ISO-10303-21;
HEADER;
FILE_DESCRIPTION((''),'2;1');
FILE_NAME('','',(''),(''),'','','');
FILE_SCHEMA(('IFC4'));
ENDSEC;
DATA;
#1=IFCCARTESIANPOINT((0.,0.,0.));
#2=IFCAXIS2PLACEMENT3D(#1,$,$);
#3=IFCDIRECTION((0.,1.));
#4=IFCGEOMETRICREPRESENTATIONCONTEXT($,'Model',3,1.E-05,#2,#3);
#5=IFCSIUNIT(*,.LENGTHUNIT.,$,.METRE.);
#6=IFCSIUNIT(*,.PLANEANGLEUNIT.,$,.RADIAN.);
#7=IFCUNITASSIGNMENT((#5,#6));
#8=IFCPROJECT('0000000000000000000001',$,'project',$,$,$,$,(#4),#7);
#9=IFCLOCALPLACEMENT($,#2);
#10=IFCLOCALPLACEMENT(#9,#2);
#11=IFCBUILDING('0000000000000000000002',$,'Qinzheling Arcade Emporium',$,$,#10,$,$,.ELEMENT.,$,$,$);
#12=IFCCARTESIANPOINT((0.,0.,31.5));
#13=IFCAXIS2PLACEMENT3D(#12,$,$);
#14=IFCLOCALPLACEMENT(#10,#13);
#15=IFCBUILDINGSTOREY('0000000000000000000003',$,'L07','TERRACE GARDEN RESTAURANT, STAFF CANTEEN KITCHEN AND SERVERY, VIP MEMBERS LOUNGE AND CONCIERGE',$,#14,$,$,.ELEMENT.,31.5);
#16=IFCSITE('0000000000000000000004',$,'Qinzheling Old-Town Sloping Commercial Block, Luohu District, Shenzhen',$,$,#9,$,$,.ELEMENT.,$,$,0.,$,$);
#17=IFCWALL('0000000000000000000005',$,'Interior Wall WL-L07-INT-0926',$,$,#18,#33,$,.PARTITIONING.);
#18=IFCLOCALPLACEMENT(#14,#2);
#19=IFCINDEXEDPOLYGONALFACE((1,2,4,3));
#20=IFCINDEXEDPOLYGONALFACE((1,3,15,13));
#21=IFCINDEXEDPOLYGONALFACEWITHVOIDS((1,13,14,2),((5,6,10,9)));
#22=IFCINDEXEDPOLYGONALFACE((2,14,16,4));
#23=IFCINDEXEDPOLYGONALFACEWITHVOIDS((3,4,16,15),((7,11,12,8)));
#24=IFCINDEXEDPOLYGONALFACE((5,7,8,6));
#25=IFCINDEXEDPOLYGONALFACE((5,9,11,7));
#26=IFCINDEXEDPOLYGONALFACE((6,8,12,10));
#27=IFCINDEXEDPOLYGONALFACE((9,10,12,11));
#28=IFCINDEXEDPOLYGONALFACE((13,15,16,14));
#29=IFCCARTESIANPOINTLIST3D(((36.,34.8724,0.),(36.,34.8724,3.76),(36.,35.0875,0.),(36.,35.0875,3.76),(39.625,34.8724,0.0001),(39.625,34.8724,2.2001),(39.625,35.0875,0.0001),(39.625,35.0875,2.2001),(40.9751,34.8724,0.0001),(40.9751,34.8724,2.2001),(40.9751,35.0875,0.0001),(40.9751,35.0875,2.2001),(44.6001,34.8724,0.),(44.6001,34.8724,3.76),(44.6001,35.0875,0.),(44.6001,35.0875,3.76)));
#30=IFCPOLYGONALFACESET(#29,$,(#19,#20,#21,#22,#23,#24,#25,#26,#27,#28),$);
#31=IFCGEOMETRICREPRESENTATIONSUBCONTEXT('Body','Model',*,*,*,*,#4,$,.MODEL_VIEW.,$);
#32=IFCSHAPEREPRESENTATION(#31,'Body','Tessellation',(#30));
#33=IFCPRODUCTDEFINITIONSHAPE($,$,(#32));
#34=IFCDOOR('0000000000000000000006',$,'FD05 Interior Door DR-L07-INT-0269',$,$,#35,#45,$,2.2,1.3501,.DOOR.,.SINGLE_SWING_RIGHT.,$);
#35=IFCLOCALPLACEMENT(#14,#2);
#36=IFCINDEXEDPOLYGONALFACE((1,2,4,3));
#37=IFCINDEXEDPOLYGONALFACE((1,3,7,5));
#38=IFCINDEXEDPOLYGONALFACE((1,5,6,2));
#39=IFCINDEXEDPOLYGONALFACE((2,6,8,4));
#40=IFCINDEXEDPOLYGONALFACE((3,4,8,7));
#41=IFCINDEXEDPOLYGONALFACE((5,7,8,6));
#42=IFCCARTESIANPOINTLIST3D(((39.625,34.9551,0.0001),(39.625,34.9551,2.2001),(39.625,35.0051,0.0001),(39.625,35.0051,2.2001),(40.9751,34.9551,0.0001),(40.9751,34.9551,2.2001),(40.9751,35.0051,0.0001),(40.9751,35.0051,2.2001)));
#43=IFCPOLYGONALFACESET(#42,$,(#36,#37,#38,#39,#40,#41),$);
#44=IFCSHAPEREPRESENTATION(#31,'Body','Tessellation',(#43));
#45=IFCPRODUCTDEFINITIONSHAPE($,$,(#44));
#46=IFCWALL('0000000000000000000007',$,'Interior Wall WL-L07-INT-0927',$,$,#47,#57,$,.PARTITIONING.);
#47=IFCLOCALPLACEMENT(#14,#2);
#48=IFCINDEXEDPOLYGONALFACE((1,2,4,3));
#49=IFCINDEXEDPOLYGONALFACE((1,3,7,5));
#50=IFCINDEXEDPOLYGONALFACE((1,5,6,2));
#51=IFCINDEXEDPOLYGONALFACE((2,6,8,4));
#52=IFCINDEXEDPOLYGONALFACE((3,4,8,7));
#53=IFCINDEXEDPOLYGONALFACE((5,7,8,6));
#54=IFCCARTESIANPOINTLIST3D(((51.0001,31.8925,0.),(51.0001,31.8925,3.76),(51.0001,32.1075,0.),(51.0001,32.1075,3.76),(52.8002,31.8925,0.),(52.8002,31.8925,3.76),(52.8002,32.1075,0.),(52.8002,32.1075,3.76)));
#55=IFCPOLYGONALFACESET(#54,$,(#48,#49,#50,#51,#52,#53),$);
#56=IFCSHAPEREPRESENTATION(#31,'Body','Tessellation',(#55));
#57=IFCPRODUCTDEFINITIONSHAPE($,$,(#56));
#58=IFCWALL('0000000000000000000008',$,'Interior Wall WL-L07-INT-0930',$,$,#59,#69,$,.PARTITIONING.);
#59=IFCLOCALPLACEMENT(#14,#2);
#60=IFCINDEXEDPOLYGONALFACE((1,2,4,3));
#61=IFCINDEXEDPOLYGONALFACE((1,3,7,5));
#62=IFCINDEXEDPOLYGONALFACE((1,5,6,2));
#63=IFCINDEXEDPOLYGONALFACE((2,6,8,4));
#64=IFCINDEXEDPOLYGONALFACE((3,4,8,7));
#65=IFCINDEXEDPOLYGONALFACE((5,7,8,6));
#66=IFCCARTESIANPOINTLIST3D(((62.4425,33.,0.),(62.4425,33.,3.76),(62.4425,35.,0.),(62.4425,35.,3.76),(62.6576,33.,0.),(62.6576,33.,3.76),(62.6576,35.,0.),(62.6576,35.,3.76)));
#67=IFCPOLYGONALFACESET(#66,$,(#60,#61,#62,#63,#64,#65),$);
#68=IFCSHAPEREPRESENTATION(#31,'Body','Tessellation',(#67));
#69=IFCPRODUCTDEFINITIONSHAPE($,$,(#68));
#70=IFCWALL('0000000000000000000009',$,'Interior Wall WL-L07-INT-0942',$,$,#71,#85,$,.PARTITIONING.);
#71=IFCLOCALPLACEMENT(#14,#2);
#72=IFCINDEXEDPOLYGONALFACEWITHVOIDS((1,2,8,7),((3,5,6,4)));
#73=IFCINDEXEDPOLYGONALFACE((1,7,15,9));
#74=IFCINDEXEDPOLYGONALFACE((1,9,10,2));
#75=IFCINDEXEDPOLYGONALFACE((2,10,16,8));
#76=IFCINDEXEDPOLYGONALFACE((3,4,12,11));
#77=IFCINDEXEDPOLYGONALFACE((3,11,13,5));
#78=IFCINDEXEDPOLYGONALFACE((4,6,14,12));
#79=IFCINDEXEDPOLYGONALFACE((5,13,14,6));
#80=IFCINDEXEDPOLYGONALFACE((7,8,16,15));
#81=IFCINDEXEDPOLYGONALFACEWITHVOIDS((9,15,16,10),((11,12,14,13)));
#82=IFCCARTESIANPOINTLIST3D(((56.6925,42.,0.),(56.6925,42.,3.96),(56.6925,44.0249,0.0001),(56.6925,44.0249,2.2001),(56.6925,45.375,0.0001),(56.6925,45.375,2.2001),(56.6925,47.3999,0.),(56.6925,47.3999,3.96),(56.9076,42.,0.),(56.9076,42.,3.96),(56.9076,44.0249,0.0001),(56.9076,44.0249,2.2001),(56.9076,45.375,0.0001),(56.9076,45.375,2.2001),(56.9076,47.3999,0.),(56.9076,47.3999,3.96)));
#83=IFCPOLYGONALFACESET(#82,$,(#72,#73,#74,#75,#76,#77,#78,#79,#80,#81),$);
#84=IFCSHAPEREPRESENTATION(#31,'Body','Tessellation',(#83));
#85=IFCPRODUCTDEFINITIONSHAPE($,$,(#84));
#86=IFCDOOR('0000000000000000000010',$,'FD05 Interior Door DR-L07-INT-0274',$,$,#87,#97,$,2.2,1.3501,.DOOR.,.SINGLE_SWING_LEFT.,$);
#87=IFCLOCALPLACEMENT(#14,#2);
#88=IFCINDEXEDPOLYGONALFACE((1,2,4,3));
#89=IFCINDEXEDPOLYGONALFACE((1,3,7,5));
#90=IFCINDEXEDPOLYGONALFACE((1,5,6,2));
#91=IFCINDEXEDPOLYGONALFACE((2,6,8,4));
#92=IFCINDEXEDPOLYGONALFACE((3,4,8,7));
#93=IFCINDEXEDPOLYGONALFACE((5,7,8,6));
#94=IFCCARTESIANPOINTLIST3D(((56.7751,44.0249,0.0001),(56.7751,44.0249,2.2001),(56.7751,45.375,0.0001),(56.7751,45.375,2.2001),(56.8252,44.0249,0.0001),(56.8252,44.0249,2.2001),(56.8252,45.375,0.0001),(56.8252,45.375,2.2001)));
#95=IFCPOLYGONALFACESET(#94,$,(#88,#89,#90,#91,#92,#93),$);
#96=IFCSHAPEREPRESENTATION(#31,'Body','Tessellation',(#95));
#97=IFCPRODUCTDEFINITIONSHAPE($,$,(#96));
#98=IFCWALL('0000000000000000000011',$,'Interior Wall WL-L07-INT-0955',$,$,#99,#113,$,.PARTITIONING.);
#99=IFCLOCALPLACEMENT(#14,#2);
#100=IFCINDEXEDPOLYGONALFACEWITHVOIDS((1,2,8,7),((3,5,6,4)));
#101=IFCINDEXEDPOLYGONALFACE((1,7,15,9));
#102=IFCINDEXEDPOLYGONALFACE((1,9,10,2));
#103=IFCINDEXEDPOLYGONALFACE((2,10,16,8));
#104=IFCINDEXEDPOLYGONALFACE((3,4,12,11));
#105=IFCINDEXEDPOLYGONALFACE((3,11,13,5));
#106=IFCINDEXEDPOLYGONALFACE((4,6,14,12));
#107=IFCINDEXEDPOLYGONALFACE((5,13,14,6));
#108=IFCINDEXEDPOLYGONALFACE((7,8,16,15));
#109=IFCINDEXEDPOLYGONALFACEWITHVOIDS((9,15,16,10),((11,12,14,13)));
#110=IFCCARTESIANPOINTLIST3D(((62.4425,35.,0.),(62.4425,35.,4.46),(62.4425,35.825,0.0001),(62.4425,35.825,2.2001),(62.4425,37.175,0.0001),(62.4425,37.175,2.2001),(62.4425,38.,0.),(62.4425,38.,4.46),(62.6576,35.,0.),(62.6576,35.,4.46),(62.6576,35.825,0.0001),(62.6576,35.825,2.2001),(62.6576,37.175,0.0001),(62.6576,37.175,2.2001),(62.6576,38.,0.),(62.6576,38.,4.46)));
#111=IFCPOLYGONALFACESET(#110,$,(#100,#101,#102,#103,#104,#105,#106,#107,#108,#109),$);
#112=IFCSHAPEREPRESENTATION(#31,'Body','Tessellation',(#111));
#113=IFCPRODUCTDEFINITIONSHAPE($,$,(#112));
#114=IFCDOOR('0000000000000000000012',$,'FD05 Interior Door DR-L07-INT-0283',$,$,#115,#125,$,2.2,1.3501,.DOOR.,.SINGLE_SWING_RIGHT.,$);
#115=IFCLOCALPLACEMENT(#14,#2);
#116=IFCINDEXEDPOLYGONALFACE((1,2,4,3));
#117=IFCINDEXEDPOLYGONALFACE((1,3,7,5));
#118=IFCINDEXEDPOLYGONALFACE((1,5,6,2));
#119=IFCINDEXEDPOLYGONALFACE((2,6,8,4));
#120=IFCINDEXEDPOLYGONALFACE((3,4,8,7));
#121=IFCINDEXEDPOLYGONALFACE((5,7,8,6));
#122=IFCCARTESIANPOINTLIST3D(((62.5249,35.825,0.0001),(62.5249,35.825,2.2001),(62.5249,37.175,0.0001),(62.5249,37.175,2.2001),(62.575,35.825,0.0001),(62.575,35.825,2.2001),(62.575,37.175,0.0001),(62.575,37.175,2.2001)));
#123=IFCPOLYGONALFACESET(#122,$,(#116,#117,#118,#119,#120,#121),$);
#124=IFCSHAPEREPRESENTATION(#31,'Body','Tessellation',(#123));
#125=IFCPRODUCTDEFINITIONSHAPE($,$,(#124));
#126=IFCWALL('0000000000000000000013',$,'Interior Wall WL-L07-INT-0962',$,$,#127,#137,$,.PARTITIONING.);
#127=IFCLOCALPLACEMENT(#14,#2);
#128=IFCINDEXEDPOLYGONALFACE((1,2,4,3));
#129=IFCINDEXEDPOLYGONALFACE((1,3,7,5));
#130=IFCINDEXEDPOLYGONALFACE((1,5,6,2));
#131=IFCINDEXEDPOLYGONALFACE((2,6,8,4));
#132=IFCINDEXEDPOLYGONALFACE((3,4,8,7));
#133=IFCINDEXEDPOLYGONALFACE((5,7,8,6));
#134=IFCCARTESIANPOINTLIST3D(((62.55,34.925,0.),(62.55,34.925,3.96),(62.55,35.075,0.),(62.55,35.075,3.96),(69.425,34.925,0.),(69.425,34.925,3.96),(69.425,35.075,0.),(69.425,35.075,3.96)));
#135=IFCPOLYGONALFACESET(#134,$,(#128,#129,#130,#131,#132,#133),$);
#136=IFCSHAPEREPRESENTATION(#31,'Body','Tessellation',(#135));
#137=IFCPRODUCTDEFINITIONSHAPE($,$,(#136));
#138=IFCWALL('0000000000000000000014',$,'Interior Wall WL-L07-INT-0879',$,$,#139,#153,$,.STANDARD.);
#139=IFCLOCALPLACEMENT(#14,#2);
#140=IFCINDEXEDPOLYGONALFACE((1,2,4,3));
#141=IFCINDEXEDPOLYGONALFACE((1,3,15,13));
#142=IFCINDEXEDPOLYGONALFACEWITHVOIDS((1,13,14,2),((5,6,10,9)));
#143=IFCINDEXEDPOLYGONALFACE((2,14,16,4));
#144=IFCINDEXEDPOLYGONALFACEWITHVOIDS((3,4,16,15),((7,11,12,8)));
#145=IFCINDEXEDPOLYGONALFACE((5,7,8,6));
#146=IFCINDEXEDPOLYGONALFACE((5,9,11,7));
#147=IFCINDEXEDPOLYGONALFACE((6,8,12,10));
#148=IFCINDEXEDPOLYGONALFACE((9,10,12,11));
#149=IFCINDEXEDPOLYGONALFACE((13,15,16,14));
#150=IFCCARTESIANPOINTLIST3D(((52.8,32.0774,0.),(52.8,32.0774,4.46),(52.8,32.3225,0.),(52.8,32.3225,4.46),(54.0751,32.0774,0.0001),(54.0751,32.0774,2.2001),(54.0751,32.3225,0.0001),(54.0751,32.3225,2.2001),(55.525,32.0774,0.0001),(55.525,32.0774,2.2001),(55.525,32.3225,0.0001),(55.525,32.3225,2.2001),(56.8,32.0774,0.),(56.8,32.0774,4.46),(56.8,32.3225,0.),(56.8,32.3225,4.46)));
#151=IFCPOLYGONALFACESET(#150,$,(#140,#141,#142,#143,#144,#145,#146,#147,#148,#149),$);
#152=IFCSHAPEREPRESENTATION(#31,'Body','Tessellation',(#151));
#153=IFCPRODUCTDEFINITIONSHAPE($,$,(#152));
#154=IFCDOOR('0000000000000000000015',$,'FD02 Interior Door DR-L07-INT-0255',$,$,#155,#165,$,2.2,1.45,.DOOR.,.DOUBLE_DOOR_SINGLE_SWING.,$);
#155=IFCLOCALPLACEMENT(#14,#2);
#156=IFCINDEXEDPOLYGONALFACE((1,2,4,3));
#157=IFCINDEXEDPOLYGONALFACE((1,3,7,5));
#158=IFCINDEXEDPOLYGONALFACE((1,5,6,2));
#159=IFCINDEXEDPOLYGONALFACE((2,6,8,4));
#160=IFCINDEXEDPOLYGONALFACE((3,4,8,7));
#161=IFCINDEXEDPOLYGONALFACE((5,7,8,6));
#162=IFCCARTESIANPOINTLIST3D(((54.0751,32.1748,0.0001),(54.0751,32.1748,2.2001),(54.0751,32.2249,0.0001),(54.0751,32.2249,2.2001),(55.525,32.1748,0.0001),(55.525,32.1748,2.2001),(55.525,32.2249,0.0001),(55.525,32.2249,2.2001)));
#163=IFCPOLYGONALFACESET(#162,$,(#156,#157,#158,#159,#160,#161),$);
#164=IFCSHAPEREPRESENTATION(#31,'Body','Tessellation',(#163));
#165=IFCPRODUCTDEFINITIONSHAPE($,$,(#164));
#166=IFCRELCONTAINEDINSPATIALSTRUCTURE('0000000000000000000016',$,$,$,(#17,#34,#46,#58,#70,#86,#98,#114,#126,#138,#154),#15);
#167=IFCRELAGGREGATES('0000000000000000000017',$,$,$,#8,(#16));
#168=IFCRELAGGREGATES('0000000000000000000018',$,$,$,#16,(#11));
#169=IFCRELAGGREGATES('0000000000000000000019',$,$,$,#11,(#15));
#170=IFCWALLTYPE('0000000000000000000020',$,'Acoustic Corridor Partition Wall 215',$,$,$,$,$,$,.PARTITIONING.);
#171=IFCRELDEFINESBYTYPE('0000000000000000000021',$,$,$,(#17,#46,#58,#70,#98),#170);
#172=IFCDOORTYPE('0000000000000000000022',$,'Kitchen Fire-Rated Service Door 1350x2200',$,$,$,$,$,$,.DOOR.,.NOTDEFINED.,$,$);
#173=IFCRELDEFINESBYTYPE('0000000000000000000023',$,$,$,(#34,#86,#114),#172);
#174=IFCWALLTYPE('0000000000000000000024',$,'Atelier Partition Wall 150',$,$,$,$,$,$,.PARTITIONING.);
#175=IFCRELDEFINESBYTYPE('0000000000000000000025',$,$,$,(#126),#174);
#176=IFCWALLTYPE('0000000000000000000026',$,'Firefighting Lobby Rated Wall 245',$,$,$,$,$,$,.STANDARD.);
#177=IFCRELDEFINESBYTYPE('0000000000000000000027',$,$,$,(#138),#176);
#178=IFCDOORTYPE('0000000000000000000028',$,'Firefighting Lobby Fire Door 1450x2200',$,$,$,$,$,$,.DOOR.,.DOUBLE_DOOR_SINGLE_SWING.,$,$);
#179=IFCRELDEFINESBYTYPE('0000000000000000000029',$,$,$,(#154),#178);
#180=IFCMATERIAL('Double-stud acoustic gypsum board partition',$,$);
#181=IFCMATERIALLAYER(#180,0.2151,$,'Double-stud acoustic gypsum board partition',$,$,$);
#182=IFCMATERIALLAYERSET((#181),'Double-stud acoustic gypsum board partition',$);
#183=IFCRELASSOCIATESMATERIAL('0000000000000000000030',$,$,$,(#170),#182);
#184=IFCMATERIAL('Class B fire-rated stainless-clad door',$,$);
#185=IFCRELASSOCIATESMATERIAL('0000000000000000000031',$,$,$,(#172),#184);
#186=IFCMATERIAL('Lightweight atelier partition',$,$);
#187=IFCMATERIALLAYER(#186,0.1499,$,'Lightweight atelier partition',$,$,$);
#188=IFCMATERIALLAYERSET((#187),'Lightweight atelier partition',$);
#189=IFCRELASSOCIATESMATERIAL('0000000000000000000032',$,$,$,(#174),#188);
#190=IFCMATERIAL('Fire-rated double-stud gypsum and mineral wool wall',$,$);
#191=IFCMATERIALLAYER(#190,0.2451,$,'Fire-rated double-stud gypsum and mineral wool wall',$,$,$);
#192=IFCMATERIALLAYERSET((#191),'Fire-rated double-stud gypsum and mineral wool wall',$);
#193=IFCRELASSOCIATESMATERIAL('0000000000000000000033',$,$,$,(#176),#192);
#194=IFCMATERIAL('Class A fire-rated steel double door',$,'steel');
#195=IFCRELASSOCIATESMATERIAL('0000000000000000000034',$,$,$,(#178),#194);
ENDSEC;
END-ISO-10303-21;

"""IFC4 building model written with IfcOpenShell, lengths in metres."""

from ifc_helpers import new_model, si_unit, direction, frame, frame_2d, origin, place, context, subcontext, project, spatial, rectangle, extrude, material, layer, layer_set, type_object, element, fill, save


model = new_model("IFC4")

# Units and contexts
model_context = context("Model", 3, precision=1e-05, world=origin(), true_north=direction((0.0, 1.0)))
body_context = subcontext(model_context, "Body", "Model", "MODEL_VIEW")
ifc_project = project(units=[si_unit("LENGTHUNIT", "METRE"), si_unit("PLANEANGLEUNIT", "RADIAN")], contexts=[model_context])

# Site, building, storey
site_placement = place(None, origin())
site = spatial("IfcSite", under=ifc_project, at=site_placement, Name="Qinzheling Old-Town Sloping Commercial Block, Luohu District, Shenzhen", CompositionType="ELEMENT", RefElevation=0.0)
building_placement = place(site_placement, origin())
building = spatial("IfcBuilding", under=site, at=building_placement, Name="Qinzheling Arcade Emporium", CompositionType="ELEMENT")
storey_placement = place(building_placement, frame((0.0, 0.0, 31.5)))
storey = spatial("IfcBuildingStorey", under=building, at=storey_placement, Name="L07", Description="TERRACE GARDEN RESTAURANT, STAFF CANTEEN KITCHEN AND SERVERY, VIP MEMBERS LOUNGE AND CONCIERGE", CompositionType="ELEMENT", Elevation=31.5)

# Shared definitions
ifc_material_1 = material(Name="Double-stud acoustic gypsum board partition")
ifc_layer_1 = layer(ifc_material_1, 0.2151, Name="Double-stud acoustic gypsum board partition")
ifc_layer_set_1 = layer_set([ifc_layer_1], Name="Double-stud acoustic gypsum board partition")
wall_type_1 = type_object("IfcWallType", Name="Acoustic Corridor Partition Wall 215", PredefinedType="PARTITIONING", material=ifc_layer_set_1)
ifc_material_2 = material(Name="Class B fire-rated stainless-clad door")
door_type_1 = type_object("IfcDoorType", Name="Kitchen Fire-Rated Service Door 1350x2200", OperationType="NOTDEFINED", PredefinedType="DOOR", material=ifc_material_2)

# Wall, opening, door
wall_1_placement = place(storey_placement, frame((44.6001, 34.98, 0.0), z_axis=(0.0, 0.0, 1.0), x_axis=(-1.0, 0.0, 0.0)))
wall_1 = element("IfcWall", 1, at=wall_1_placement, inside=storey, type_object=wall_type_1, Name="Interior Wall WL-L07-INT-0926", PredefinedType="PARTITIONING", context=body_context, shape_type="SweptSolid", body=[
    extrude(rectangle(XDim=8.6001, YDim=0.2151, at=frame_2d((4.3, 0.0))), origin(), (0.0, 0.0, 1.0), 3.76),
])
opening_1_placement = place(wall_1_placement, frame((3.625, 0.0, 0.0)))
opening_1 = element("IfcOpeningElement", 2, at=opening_1_placement, cuts=wall_1, PredefinedType="OPENING", context=body_context, shape_type="SweptSolid", body=[
    extrude(rectangle(XDim=1.3501, YDim=2.2, at=frame_2d((0.675, 1.1001))), frame((0.0, 0.1177, 0.0), z_axis=(0.0, -1.0, 0.0), x_axis=(1.0, 0.0, 0.0)), (0.0, 0.0, 1.0), 0.2351),
])
door_1_placement = place(opening_1_placement, origin())
door_1 = element("IfcDoor", 3, at=door_1_placement, inside=storey, type_object=door_type_1, Name="FD05 Interior Door DR-L07-INT-0269", OperationType="SINGLE_SWING_RIGHT", OverallHeight=2.2, OverallWidth=1.3501, PredefinedType="DOOR", context=body_context, shape_type="SweptSolid", body=[
    extrude(rectangle(XDim=1.3501, YDim=2.2, at=frame_2d((0.675, 1.1001))), frame((0.0, 0.0249, 0.0), z_axis=(0.0, -1.0, 0.0), x_axis=(1.0, 0.0, 0.0)), (0.0, 0.0, 1.0), 0.05),
])
fill(opening_1, door_1)

# Walls
wall_2_placement = place(storey_placement, frame((52.8, 32.0, 0.0), z_axis=(0.0, 0.0, 1.0), x_axis=(-1.0, 0.0, 0.0)))
element("IfcWall", 4, at=wall_2_placement, inside=storey, type_object=wall_type_1, Name="Interior Wall WL-L07-INT-0927", PredefinedType="PARTITIONING", context=body_context, shape_type="SweptSolid", body=[
    extrude(rectangle(XDim=1.8, YDim=0.2151, at=frame_2d((0.8999, 0.0))), origin(), (0.0, 0.0, 1.0), 3.76),
])
wall_3_placement = place(storey_placement, frame((62.55, 35.0, 0.0), z_axis=(0.0, 0.0, 1.0), x_axis=(0.0, -1.0, 0.0)))
element("IfcWall", 5, at=wall_3_placement, inside=storey, type_object=wall_type_1, Name="Interior Wall WL-L07-INT-0930", PredefinedType="PARTITIONING", context=body_context, shape_type="SweptSolid", body=[
    extrude(rectangle(XDim=2.0, YDim=0.2151, at=frame_2d((1.0, 0.0))), origin(), (0.0, 0.0, 1.0), 3.76),
])

# Walls, openings, doors
wall_4_placement = place(storey_placement, frame((56.8, 42.0, 0.0), z_axis=(0.0, 0.0, 1.0), x_axis=(0.0, 1.0, 0.0)))
wall_4 = element("IfcWall", 6, at=wall_4_placement, inside=storey, type_object=wall_type_1, Name="Interior Wall WL-L07-INT-0942", PredefinedType="PARTITIONING", context=body_context, shape_type="SweptSolid", body=[
    extrude(rectangle(XDim=5.3999, YDim=0.2151, at=frame_2d((2.7, 0.0))), origin(), (0.0, 0.0, 1.0), 3.96),
])
opening_2_placement = place(wall_4_placement, frame((2.0249, 0.0, 0.0)))
opening_2 = element("IfcOpeningElement", 7, at=opening_2_placement, cuts=wall_4, PredefinedType="OPENING", context=body_context, shape_type="SweptSolid", body=[
    extrude(rectangle(XDim=1.3501, YDim=2.2, at=frame_2d((0.675, 1.1001))), frame((0.0, 0.1177, 0.0), z_axis=(0.0, -1.0, 0.0), x_axis=(1.0, 0.0, 0.0)), (0.0, 0.0, 1.0), 0.2351),
])
door_2_placement = place(opening_2_placement, origin())
door_2 = element("IfcDoor", 8, at=door_2_placement, inside=storey, type_object=door_type_1, Name="FD05 Interior Door DR-L07-INT-0274", OperationType="SINGLE_SWING_LEFT", OverallHeight=2.2, OverallWidth=1.3501, PredefinedType="DOOR", context=body_context, shape_type="SweptSolid", body=[
    extrude(rectangle(XDim=1.3501, YDim=2.2, at=frame_2d((0.675, 1.1001))), frame((0.0, 0.0249, 0.0), z_axis=(0.0, -1.0, 0.0), x_axis=(1.0, 0.0, 0.0)), (0.0, 0.0, 1.0), 0.05),
])
fill(opening_2, door_2)
wall_5_placement = place(storey_placement, frame((62.55, 38.0, 0.0), z_axis=(0.0, 0.0, 1.0), x_axis=(0.0, -1.0, 0.0)))
wall_5 = element("IfcWall", 9, at=wall_5_placement, inside=storey, type_object=wall_type_1, Name="Interior Wall WL-L07-INT-0955", PredefinedType="PARTITIONING", context=body_context, shape_type="SweptSolid", body=[
    extrude(rectangle(XDim=3.0, YDim=0.2151, at=frame_2d((1.5, 0.0))), origin(), (0.0, 0.0, 1.0), 4.46),
])
opening_3_placement = place(wall_5_placement, frame((0.825, 0.0, 0.0)))
opening_3 = element("IfcOpeningElement", 10, at=opening_3_placement, cuts=wall_5, PredefinedType="OPENING", context=body_context, shape_type="SweptSolid", body=[
    extrude(rectangle(XDim=1.3501, YDim=2.2, at=frame_2d((0.675, 1.1001))), frame((0.0, 0.1177, 0.0), z_axis=(0.0, -1.0, 0.0), x_axis=(1.0, 0.0, 0.0)), (0.0, 0.0, 1.0), 0.2351),
])
door_3_placement = place(opening_3_placement, origin())
door_3 = element("IfcDoor", 11, at=door_3_placement, inside=storey, type_object=door_type_1, Name="FD05 Interior Door DR-L07-INT-0283", OperationType="SINGLE_SWING_RIGHT", OverallHeight=2.2, OverallWidth=1.3501, PredefinedType="DOOR", context=body_context, shape_type="SweptSolid", body=[
    extrude(rectangle(XDim=1.3501, YDim=2.2, at=frame_2d((0.675, 1.1001))), frame((0.0, 0.0249, 0.0), z_axis=(0.0, -1.0, 0.0), x_axis=(1.0, 0.0, 0.0)), (0.0, 0.0, 1.0), 0.05),
])
fill(opening_3, door_3)

# Wall
ifc_material_3 = material(Name="Lightweight atelier partition")
ifc_layer_2 = layer(ifc_material_3, 0.1499, Name="Lightweight atelier partition")
ifc_layer_set_2 = layer_set([ifc_layer_2], Name="Lightweight atelier partition")
wall_type_2 = type_object("IfcWallType", Name="Atelier Partition Wall 150", PredefinedType="PARTITIONING", material=ifc_layer_set_2)
wall_6_placement = place(storey_placement, frame((62.55, 35.0, 0.0), z_axis=(0.0, 0.0, 1.0), x_axis=(1.0, 0.0, 0.0)))
element("IfcWall", 12, at=wall_6_placement, inside=storey, type_object=wall_type_2, Name="Interior Wall WL-L07-INT-0962", PredefinedType="PARTITIONING", context=body_context, shape_type="SweptSolid", body=[
    extrude(rectangle(XDim=6.875, YDim=0.1499, at=frame_2d((3.4375, 0.0))), origin(), (0.0, 0.0, 1.0), 3.96),
])

# Wall, opening, door
ifc_material_4 = material(Name="Fire-rated double-stud gypsum and mineral wool wall")
ifc_layer_3 = layer(ifc_material_4, 0.2451, Name="Fire-rated double-stud gypsum and mineral wool wall")
ifc_layer_set_3 = layer_set([ifc_layer_3], Name="Fire-rated double-stud gypsum and mineral wool wall")
wall_type_3 = type_object("IfcWallType", Name="Firefighting Lobby Rated Wall 245", PredefinedType="STANDARD", material=ifc_layer_set_3)
wall_7_placement = place(storey_placement, frame((52.8, 32.2, 0.0), z_axis=(0.0, 0.0, 1.0), x_axis=(1.0, 0.0, 0.0)))
wall_7 = element("IfcWall", 13, at=wall_7_placement, inside=storey, type_object=wall_type_3, Name="Interior Wall WL-L07-INT-0879", PredefinedType="STANDARD", context=body_context, shape_type="SweptSolid", body=[
    extrude(rectangle(XDim=4.0, YDim=0.2451, at=frame_2d((2.0, 0.0))), origin(), (0.0, 0.0, 1.0), 4.46),
])
opening_4_placement = place(wall_7_placement, frame((1.2749, 0.0, 0.0)))
opening_4 = element("IfcOpeningElement", 14, at=opening_4_placement, cuts=wall_7, PredefinedType="OPENING", context=body_context, shape_type="SweptSolid", body=[
    extrude(rectangle(XDim=1.45, YDim=2.2, at=frame_2d((0.7251, 1.1001))), frame((0.0, 0.1326, 0.0), z_axis=(0.0, -1.0, 0.0), x_axis=(1.0, 0.0, 0.0)), (0.0, 0.0, 1.0), 0.2651),
])
ifc_material_5 = material(Name="Class A fire-rated steel double door", Category="steel")
door_type_2 = type_object("IfcDoorType", Name="Firefighting Lobby Fire Door 1450x2200", OperationType="DOUBLE_DOOR_SINGLE_SWING", PredefinedType="DOOR", material=ifc_material_5)
door_4_placement = place(opening_4_placement, origin())
door_4 = element("IfcDoor", 15, at=door_4_placement, inside=storey, type_object=door_type_2, Name="FD02 Interior Door DR-L07-INT-0255", OperationType="DOUBLE_DOOR_SINGLE_SWING", OverallHeight=2.2, OverallWidth=1.45, PredefinedType="DOOR", context=body_context, shape_type="SweptSolid", body=[
    extrude(rectangle(XDim=1.45, YDim=2.2, at=frame_2d((0.7251, 1.1001))), frame((0.0, 0.0249, 0.0), z_axis=(0.0, -1.0, 0.0), x_axis=(1.0, 0.0, 0.0)), (0.0, 0.0, 1.0), 0.05),
])
fill(opening_4, door_4)

save(model, "model.ifc")
